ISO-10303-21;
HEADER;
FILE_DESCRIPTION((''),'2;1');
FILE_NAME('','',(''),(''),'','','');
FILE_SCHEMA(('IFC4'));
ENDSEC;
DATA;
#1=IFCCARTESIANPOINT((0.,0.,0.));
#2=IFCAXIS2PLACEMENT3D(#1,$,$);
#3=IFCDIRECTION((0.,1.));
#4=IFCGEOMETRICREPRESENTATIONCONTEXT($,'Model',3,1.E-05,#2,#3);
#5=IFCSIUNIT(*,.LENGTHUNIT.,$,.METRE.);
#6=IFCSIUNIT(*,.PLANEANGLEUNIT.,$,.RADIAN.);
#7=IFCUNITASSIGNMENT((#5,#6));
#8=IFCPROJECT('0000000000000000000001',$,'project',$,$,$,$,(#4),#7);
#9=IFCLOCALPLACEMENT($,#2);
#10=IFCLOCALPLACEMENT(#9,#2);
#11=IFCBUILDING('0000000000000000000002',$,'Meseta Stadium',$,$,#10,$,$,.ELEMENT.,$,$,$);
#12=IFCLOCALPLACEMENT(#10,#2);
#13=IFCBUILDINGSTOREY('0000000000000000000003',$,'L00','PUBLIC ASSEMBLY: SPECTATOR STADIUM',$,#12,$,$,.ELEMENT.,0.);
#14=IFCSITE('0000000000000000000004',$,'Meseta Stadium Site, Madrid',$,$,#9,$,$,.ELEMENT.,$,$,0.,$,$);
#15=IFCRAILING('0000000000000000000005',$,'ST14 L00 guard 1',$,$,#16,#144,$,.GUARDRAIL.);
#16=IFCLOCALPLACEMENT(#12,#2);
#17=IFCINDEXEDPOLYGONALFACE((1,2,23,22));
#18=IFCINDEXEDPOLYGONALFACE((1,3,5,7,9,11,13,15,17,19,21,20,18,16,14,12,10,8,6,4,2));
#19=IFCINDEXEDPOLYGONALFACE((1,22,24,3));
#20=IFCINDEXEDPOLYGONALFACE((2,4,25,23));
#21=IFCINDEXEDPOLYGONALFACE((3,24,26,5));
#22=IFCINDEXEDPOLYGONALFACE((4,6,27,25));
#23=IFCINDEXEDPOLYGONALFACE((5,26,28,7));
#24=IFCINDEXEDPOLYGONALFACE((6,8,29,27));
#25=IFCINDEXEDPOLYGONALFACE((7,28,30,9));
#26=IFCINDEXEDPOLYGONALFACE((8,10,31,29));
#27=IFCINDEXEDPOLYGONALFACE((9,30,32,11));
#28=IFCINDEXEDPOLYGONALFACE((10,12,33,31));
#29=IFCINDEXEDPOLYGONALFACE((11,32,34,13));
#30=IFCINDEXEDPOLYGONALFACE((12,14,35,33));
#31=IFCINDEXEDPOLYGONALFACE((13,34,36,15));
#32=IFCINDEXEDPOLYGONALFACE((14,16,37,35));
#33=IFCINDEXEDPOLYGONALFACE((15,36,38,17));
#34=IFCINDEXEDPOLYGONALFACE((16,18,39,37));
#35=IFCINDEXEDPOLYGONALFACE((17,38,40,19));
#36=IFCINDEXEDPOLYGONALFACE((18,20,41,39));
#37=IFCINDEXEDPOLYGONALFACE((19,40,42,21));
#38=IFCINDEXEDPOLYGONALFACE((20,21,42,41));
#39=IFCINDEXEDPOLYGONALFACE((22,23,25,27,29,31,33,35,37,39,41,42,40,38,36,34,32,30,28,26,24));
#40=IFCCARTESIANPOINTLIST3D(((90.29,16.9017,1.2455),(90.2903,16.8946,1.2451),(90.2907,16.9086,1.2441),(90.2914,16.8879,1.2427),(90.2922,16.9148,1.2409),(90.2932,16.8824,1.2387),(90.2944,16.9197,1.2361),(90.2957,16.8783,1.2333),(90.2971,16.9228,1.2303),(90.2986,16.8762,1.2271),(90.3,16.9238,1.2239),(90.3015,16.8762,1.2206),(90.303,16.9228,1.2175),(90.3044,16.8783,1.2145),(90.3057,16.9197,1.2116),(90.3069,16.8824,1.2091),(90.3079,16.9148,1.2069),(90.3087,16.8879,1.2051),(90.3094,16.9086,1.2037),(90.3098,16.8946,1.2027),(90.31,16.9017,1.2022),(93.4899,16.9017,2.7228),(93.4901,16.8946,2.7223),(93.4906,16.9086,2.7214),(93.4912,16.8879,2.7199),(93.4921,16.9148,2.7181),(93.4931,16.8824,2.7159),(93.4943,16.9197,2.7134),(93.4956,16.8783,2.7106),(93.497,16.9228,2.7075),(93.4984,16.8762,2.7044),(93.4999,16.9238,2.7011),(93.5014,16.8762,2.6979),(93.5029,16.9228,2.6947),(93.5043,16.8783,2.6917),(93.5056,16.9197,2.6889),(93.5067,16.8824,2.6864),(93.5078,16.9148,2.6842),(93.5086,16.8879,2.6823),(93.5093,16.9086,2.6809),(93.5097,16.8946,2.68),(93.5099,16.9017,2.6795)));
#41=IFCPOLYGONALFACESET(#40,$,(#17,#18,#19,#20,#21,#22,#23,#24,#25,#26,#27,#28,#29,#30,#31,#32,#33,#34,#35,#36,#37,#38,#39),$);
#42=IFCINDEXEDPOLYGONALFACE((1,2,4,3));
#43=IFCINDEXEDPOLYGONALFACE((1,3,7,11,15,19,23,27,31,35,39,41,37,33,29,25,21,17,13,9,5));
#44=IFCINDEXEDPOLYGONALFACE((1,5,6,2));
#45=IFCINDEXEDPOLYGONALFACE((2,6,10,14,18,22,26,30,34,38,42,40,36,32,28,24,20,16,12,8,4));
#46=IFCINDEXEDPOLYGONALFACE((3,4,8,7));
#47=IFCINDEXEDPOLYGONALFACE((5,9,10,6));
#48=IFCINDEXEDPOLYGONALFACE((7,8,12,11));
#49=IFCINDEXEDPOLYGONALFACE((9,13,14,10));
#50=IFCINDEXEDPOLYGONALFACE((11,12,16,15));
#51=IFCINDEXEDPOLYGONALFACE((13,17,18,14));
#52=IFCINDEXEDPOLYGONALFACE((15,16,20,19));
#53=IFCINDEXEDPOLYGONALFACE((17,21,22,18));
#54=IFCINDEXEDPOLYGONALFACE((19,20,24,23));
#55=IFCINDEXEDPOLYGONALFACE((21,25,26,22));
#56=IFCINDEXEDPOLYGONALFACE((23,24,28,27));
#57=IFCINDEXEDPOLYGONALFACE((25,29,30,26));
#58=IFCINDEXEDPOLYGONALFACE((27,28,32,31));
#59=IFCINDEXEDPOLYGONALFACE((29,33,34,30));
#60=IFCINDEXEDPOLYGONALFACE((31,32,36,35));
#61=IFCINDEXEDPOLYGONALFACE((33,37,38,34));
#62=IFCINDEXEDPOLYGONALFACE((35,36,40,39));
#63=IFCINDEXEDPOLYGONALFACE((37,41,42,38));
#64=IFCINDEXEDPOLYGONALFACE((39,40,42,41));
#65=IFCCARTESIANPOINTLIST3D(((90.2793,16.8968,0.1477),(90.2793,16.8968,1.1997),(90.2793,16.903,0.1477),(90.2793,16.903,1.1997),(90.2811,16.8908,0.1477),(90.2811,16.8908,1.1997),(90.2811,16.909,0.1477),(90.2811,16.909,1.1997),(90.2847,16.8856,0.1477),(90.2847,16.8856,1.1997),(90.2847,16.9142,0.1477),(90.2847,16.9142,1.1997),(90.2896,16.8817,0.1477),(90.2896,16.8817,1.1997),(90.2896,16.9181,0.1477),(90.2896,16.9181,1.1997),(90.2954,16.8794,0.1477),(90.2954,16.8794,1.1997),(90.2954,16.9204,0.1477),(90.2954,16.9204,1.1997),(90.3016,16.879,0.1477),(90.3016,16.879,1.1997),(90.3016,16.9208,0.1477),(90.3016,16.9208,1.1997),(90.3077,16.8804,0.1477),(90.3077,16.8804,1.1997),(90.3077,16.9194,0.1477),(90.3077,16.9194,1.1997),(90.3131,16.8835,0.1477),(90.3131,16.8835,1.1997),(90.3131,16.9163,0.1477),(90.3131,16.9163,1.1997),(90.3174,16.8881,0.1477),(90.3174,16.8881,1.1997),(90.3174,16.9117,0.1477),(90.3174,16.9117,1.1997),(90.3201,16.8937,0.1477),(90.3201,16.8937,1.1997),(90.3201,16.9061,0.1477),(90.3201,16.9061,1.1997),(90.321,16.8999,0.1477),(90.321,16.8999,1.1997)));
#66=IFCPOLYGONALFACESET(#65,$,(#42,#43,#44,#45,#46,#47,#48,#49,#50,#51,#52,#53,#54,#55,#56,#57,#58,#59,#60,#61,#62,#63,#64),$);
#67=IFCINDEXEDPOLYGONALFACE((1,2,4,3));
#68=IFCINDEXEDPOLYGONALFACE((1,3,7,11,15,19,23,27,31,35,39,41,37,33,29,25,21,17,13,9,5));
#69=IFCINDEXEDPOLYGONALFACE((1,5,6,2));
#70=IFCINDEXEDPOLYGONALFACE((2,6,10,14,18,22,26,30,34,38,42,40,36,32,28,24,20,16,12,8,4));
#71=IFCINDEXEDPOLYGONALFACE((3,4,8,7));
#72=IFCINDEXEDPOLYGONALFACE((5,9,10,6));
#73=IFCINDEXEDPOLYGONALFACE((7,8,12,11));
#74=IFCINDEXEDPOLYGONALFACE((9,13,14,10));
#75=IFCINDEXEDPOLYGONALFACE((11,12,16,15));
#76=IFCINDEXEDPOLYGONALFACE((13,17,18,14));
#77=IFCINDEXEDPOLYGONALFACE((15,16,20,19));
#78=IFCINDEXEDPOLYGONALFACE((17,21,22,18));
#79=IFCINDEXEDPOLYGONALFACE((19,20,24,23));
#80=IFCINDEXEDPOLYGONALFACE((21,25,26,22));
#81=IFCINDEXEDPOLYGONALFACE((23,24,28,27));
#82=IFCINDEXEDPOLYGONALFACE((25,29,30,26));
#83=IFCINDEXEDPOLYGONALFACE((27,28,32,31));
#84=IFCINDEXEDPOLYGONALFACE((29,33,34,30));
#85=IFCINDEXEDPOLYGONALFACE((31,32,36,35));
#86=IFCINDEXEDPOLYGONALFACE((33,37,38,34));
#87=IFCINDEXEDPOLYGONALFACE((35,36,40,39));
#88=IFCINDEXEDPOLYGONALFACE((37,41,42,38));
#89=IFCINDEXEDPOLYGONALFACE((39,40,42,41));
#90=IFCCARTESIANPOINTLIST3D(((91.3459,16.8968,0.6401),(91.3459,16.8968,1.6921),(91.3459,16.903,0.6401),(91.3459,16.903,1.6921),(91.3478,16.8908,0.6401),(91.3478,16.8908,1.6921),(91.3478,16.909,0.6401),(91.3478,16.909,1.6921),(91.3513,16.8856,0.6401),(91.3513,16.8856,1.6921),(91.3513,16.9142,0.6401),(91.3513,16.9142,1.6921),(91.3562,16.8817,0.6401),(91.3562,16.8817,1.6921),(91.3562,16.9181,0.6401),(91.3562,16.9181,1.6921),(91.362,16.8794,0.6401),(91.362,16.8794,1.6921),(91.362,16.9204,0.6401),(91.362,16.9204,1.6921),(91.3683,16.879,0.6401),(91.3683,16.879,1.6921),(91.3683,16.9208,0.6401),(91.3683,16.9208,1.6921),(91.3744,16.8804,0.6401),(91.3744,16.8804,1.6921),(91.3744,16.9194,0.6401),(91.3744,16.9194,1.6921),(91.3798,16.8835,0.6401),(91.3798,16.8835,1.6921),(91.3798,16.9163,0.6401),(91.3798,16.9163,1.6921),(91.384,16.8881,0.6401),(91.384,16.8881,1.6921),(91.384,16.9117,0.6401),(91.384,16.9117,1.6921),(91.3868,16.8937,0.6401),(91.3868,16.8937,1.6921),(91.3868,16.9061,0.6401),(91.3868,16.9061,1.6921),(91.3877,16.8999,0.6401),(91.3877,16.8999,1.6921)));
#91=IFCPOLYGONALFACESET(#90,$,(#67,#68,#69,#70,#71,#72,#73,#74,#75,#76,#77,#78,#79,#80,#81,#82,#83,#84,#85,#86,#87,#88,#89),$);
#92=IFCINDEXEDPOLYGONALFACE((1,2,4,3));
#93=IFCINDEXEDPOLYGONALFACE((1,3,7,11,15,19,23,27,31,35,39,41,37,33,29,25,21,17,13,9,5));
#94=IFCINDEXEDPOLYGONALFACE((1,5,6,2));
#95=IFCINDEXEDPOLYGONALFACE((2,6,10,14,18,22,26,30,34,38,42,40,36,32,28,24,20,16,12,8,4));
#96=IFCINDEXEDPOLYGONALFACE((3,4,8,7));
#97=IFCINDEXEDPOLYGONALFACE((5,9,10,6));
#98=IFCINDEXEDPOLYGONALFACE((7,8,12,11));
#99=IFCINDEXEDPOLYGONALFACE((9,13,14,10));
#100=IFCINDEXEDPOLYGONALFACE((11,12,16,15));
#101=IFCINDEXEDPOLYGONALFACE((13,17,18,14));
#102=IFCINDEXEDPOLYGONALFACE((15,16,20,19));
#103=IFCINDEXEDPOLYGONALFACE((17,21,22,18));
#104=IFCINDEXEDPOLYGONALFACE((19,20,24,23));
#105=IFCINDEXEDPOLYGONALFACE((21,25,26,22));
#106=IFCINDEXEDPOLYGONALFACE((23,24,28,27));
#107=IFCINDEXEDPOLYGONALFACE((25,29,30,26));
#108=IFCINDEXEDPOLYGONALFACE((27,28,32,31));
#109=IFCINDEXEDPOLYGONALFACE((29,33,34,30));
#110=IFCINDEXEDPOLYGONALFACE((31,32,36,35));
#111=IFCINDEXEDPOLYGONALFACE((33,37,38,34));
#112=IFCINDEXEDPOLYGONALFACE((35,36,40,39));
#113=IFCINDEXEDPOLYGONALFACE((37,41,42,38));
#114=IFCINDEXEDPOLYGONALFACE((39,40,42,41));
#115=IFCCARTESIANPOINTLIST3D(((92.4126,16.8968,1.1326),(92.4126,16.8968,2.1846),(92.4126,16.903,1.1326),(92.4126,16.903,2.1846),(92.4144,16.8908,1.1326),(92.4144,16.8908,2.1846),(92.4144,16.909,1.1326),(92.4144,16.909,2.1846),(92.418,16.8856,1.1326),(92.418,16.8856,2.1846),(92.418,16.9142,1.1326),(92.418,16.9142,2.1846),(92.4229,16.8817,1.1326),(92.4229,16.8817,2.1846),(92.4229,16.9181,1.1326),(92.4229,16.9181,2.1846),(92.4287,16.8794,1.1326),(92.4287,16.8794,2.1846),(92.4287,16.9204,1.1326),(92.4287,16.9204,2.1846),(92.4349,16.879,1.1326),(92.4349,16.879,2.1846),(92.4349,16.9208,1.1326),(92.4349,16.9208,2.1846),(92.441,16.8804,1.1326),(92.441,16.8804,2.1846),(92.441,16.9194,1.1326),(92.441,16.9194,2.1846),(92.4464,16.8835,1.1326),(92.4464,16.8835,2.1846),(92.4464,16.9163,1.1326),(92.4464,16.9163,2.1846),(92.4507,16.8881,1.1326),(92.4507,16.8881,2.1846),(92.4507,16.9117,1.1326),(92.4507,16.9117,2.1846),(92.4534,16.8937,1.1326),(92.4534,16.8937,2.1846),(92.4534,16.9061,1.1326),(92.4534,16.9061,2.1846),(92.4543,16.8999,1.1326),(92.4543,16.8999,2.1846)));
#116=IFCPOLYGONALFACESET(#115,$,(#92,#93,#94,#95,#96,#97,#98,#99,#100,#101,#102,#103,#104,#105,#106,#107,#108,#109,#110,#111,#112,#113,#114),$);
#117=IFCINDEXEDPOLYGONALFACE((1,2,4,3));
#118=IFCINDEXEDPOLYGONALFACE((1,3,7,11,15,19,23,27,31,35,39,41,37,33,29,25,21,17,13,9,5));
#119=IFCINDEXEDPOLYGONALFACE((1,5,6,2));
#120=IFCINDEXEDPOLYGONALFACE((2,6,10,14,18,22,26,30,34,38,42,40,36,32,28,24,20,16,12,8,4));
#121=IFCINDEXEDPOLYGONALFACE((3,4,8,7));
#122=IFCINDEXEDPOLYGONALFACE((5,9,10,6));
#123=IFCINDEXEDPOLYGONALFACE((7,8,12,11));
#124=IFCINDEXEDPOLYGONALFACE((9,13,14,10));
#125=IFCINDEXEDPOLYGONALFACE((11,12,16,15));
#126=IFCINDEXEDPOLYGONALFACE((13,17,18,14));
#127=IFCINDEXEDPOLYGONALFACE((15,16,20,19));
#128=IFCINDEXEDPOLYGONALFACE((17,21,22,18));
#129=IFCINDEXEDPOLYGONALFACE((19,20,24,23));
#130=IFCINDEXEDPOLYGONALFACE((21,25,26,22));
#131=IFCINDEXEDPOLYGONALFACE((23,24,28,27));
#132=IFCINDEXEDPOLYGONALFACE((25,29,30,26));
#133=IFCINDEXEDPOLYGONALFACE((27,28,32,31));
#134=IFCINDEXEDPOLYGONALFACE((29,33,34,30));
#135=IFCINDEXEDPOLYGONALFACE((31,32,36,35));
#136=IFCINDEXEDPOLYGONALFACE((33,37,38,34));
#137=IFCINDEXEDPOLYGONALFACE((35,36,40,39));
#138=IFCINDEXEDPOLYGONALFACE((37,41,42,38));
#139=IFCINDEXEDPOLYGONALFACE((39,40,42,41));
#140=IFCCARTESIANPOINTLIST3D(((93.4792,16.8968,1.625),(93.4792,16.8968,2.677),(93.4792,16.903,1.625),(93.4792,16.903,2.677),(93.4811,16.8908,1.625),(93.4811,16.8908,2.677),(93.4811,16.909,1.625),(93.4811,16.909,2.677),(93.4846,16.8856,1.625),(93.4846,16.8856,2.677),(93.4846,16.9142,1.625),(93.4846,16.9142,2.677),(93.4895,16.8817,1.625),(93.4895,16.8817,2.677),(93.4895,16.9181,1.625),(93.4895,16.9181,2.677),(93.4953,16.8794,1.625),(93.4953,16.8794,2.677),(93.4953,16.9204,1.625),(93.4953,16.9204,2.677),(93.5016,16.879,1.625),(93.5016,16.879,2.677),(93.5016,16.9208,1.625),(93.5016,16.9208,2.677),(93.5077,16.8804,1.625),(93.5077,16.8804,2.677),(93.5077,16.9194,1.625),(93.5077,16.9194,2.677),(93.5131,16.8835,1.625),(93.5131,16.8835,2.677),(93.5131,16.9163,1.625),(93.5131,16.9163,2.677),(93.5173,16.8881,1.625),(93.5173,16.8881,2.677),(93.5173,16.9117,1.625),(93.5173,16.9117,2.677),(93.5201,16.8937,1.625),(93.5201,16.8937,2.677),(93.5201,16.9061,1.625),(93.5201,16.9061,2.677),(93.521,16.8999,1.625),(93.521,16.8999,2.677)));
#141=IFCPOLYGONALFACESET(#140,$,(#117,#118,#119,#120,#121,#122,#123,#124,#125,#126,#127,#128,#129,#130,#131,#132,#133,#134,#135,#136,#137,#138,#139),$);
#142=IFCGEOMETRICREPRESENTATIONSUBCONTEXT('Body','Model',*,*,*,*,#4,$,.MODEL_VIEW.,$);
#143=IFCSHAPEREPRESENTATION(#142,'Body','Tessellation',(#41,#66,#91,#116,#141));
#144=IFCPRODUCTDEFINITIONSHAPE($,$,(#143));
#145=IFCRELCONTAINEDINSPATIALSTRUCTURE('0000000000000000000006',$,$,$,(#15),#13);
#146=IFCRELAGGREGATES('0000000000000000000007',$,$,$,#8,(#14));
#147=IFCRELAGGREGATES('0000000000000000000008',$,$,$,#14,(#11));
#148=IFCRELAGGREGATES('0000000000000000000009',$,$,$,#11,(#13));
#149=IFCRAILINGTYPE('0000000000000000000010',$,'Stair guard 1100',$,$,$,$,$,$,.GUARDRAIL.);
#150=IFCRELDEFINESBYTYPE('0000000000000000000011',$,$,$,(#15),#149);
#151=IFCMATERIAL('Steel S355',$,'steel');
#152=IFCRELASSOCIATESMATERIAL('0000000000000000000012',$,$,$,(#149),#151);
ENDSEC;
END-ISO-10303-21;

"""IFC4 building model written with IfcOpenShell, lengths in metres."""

from ifc_helpers import new_model, si_unit, direction, frame, origin, origin_2d, place, context, subcontext, project, spatial, circle, extrude, material, type_object, element, save


model = new_model("IFC4")

# Units and contexts
model_context = context("Model", 3, precision=1e-05, world=origin(), true_north=direction((0.0, 1.0)))
body_context = subcontext(model_context, "Body", "Model", "MODEL_VIEW")
ifc_project = project(units=[si_unit("LENGTHUNIT", "METRE"), si_unit("PLANEANGLEUNIT", "RADIAN")], contexts=[model_context])

# Site, building, storey
site_placement = place(None, origin())
site = spatial("IfcSite", under=ifc_project, at=site_placement, Name="Meseta Stadium Site, Madrid", CompositionType="ELEMENT", RefElevation=0.0)
building_placement = place(site_placement, origin())
building = spatial("IfcBuilding", under=site, at=building_placement, Name="Meseta Stadium", CompositionType="ELEMENT")
storey_placement = place(building_placement, origin())
storey = spatial("IfcBuildingStorey", under=building, at=storey_placement, Name="L00", Description="PUBLIC ASSEMBLY: SPECTATOR STADIUM", CompositionType="ELEMENT", Elevation=0.0)

# Railing
ifc_material_1 = material(Name="Steel S355", Category="steel")
railing_type_1 = type_object("IfcRailingType", Name="Stair guard 1100", PredefinedType="GUARDRAIL", material=ifc_material_1)
railing_1_placement = place(storey_placement, frame((90.3, 16.8999, 0.1477)))
element("IfcRailing", 1, at=railing_1_placement, inside=storey, type_object=railing_type_1, Name="ST14 L00 guard 1", PredefinedType="GUARDRAIL", context=body_context, shape_type="SweptSolid", body=[
    extrude(circle(Radius=0.0239, at=origin_2d()), frame((0.0, 0.0, 1.0762), z_axis=(0.907917, 0.0, 0.41915), x_axis=(0.0, 1.0, 0.0)), (0.0, 0.0, 1.0), 3.5244),
    extrude(circle(Radius=0.021, at=origin_2d()), origin(), (0.0, 0.0, 1.0), 1.052),
    extrude(circle(Radius=0.021, at=origin_2d()), frame((1.0667, 0.0, 0.4924)), (0.0, 0.0, 1.0), 1.052),
    extrude(circle(Radius=0.021, at=origin_2d()), frame((2.1333, 0.0, 0.9849)), (0.0, 0.0, 1.0), 1.052),
    extrude(circle(Radius=0.021, at=origin_2d()), frame((3.2, 0.0, 1.4773)), (0.0, 0.0, 1.0), 1.052),
])

save(model, "model.ifc")
